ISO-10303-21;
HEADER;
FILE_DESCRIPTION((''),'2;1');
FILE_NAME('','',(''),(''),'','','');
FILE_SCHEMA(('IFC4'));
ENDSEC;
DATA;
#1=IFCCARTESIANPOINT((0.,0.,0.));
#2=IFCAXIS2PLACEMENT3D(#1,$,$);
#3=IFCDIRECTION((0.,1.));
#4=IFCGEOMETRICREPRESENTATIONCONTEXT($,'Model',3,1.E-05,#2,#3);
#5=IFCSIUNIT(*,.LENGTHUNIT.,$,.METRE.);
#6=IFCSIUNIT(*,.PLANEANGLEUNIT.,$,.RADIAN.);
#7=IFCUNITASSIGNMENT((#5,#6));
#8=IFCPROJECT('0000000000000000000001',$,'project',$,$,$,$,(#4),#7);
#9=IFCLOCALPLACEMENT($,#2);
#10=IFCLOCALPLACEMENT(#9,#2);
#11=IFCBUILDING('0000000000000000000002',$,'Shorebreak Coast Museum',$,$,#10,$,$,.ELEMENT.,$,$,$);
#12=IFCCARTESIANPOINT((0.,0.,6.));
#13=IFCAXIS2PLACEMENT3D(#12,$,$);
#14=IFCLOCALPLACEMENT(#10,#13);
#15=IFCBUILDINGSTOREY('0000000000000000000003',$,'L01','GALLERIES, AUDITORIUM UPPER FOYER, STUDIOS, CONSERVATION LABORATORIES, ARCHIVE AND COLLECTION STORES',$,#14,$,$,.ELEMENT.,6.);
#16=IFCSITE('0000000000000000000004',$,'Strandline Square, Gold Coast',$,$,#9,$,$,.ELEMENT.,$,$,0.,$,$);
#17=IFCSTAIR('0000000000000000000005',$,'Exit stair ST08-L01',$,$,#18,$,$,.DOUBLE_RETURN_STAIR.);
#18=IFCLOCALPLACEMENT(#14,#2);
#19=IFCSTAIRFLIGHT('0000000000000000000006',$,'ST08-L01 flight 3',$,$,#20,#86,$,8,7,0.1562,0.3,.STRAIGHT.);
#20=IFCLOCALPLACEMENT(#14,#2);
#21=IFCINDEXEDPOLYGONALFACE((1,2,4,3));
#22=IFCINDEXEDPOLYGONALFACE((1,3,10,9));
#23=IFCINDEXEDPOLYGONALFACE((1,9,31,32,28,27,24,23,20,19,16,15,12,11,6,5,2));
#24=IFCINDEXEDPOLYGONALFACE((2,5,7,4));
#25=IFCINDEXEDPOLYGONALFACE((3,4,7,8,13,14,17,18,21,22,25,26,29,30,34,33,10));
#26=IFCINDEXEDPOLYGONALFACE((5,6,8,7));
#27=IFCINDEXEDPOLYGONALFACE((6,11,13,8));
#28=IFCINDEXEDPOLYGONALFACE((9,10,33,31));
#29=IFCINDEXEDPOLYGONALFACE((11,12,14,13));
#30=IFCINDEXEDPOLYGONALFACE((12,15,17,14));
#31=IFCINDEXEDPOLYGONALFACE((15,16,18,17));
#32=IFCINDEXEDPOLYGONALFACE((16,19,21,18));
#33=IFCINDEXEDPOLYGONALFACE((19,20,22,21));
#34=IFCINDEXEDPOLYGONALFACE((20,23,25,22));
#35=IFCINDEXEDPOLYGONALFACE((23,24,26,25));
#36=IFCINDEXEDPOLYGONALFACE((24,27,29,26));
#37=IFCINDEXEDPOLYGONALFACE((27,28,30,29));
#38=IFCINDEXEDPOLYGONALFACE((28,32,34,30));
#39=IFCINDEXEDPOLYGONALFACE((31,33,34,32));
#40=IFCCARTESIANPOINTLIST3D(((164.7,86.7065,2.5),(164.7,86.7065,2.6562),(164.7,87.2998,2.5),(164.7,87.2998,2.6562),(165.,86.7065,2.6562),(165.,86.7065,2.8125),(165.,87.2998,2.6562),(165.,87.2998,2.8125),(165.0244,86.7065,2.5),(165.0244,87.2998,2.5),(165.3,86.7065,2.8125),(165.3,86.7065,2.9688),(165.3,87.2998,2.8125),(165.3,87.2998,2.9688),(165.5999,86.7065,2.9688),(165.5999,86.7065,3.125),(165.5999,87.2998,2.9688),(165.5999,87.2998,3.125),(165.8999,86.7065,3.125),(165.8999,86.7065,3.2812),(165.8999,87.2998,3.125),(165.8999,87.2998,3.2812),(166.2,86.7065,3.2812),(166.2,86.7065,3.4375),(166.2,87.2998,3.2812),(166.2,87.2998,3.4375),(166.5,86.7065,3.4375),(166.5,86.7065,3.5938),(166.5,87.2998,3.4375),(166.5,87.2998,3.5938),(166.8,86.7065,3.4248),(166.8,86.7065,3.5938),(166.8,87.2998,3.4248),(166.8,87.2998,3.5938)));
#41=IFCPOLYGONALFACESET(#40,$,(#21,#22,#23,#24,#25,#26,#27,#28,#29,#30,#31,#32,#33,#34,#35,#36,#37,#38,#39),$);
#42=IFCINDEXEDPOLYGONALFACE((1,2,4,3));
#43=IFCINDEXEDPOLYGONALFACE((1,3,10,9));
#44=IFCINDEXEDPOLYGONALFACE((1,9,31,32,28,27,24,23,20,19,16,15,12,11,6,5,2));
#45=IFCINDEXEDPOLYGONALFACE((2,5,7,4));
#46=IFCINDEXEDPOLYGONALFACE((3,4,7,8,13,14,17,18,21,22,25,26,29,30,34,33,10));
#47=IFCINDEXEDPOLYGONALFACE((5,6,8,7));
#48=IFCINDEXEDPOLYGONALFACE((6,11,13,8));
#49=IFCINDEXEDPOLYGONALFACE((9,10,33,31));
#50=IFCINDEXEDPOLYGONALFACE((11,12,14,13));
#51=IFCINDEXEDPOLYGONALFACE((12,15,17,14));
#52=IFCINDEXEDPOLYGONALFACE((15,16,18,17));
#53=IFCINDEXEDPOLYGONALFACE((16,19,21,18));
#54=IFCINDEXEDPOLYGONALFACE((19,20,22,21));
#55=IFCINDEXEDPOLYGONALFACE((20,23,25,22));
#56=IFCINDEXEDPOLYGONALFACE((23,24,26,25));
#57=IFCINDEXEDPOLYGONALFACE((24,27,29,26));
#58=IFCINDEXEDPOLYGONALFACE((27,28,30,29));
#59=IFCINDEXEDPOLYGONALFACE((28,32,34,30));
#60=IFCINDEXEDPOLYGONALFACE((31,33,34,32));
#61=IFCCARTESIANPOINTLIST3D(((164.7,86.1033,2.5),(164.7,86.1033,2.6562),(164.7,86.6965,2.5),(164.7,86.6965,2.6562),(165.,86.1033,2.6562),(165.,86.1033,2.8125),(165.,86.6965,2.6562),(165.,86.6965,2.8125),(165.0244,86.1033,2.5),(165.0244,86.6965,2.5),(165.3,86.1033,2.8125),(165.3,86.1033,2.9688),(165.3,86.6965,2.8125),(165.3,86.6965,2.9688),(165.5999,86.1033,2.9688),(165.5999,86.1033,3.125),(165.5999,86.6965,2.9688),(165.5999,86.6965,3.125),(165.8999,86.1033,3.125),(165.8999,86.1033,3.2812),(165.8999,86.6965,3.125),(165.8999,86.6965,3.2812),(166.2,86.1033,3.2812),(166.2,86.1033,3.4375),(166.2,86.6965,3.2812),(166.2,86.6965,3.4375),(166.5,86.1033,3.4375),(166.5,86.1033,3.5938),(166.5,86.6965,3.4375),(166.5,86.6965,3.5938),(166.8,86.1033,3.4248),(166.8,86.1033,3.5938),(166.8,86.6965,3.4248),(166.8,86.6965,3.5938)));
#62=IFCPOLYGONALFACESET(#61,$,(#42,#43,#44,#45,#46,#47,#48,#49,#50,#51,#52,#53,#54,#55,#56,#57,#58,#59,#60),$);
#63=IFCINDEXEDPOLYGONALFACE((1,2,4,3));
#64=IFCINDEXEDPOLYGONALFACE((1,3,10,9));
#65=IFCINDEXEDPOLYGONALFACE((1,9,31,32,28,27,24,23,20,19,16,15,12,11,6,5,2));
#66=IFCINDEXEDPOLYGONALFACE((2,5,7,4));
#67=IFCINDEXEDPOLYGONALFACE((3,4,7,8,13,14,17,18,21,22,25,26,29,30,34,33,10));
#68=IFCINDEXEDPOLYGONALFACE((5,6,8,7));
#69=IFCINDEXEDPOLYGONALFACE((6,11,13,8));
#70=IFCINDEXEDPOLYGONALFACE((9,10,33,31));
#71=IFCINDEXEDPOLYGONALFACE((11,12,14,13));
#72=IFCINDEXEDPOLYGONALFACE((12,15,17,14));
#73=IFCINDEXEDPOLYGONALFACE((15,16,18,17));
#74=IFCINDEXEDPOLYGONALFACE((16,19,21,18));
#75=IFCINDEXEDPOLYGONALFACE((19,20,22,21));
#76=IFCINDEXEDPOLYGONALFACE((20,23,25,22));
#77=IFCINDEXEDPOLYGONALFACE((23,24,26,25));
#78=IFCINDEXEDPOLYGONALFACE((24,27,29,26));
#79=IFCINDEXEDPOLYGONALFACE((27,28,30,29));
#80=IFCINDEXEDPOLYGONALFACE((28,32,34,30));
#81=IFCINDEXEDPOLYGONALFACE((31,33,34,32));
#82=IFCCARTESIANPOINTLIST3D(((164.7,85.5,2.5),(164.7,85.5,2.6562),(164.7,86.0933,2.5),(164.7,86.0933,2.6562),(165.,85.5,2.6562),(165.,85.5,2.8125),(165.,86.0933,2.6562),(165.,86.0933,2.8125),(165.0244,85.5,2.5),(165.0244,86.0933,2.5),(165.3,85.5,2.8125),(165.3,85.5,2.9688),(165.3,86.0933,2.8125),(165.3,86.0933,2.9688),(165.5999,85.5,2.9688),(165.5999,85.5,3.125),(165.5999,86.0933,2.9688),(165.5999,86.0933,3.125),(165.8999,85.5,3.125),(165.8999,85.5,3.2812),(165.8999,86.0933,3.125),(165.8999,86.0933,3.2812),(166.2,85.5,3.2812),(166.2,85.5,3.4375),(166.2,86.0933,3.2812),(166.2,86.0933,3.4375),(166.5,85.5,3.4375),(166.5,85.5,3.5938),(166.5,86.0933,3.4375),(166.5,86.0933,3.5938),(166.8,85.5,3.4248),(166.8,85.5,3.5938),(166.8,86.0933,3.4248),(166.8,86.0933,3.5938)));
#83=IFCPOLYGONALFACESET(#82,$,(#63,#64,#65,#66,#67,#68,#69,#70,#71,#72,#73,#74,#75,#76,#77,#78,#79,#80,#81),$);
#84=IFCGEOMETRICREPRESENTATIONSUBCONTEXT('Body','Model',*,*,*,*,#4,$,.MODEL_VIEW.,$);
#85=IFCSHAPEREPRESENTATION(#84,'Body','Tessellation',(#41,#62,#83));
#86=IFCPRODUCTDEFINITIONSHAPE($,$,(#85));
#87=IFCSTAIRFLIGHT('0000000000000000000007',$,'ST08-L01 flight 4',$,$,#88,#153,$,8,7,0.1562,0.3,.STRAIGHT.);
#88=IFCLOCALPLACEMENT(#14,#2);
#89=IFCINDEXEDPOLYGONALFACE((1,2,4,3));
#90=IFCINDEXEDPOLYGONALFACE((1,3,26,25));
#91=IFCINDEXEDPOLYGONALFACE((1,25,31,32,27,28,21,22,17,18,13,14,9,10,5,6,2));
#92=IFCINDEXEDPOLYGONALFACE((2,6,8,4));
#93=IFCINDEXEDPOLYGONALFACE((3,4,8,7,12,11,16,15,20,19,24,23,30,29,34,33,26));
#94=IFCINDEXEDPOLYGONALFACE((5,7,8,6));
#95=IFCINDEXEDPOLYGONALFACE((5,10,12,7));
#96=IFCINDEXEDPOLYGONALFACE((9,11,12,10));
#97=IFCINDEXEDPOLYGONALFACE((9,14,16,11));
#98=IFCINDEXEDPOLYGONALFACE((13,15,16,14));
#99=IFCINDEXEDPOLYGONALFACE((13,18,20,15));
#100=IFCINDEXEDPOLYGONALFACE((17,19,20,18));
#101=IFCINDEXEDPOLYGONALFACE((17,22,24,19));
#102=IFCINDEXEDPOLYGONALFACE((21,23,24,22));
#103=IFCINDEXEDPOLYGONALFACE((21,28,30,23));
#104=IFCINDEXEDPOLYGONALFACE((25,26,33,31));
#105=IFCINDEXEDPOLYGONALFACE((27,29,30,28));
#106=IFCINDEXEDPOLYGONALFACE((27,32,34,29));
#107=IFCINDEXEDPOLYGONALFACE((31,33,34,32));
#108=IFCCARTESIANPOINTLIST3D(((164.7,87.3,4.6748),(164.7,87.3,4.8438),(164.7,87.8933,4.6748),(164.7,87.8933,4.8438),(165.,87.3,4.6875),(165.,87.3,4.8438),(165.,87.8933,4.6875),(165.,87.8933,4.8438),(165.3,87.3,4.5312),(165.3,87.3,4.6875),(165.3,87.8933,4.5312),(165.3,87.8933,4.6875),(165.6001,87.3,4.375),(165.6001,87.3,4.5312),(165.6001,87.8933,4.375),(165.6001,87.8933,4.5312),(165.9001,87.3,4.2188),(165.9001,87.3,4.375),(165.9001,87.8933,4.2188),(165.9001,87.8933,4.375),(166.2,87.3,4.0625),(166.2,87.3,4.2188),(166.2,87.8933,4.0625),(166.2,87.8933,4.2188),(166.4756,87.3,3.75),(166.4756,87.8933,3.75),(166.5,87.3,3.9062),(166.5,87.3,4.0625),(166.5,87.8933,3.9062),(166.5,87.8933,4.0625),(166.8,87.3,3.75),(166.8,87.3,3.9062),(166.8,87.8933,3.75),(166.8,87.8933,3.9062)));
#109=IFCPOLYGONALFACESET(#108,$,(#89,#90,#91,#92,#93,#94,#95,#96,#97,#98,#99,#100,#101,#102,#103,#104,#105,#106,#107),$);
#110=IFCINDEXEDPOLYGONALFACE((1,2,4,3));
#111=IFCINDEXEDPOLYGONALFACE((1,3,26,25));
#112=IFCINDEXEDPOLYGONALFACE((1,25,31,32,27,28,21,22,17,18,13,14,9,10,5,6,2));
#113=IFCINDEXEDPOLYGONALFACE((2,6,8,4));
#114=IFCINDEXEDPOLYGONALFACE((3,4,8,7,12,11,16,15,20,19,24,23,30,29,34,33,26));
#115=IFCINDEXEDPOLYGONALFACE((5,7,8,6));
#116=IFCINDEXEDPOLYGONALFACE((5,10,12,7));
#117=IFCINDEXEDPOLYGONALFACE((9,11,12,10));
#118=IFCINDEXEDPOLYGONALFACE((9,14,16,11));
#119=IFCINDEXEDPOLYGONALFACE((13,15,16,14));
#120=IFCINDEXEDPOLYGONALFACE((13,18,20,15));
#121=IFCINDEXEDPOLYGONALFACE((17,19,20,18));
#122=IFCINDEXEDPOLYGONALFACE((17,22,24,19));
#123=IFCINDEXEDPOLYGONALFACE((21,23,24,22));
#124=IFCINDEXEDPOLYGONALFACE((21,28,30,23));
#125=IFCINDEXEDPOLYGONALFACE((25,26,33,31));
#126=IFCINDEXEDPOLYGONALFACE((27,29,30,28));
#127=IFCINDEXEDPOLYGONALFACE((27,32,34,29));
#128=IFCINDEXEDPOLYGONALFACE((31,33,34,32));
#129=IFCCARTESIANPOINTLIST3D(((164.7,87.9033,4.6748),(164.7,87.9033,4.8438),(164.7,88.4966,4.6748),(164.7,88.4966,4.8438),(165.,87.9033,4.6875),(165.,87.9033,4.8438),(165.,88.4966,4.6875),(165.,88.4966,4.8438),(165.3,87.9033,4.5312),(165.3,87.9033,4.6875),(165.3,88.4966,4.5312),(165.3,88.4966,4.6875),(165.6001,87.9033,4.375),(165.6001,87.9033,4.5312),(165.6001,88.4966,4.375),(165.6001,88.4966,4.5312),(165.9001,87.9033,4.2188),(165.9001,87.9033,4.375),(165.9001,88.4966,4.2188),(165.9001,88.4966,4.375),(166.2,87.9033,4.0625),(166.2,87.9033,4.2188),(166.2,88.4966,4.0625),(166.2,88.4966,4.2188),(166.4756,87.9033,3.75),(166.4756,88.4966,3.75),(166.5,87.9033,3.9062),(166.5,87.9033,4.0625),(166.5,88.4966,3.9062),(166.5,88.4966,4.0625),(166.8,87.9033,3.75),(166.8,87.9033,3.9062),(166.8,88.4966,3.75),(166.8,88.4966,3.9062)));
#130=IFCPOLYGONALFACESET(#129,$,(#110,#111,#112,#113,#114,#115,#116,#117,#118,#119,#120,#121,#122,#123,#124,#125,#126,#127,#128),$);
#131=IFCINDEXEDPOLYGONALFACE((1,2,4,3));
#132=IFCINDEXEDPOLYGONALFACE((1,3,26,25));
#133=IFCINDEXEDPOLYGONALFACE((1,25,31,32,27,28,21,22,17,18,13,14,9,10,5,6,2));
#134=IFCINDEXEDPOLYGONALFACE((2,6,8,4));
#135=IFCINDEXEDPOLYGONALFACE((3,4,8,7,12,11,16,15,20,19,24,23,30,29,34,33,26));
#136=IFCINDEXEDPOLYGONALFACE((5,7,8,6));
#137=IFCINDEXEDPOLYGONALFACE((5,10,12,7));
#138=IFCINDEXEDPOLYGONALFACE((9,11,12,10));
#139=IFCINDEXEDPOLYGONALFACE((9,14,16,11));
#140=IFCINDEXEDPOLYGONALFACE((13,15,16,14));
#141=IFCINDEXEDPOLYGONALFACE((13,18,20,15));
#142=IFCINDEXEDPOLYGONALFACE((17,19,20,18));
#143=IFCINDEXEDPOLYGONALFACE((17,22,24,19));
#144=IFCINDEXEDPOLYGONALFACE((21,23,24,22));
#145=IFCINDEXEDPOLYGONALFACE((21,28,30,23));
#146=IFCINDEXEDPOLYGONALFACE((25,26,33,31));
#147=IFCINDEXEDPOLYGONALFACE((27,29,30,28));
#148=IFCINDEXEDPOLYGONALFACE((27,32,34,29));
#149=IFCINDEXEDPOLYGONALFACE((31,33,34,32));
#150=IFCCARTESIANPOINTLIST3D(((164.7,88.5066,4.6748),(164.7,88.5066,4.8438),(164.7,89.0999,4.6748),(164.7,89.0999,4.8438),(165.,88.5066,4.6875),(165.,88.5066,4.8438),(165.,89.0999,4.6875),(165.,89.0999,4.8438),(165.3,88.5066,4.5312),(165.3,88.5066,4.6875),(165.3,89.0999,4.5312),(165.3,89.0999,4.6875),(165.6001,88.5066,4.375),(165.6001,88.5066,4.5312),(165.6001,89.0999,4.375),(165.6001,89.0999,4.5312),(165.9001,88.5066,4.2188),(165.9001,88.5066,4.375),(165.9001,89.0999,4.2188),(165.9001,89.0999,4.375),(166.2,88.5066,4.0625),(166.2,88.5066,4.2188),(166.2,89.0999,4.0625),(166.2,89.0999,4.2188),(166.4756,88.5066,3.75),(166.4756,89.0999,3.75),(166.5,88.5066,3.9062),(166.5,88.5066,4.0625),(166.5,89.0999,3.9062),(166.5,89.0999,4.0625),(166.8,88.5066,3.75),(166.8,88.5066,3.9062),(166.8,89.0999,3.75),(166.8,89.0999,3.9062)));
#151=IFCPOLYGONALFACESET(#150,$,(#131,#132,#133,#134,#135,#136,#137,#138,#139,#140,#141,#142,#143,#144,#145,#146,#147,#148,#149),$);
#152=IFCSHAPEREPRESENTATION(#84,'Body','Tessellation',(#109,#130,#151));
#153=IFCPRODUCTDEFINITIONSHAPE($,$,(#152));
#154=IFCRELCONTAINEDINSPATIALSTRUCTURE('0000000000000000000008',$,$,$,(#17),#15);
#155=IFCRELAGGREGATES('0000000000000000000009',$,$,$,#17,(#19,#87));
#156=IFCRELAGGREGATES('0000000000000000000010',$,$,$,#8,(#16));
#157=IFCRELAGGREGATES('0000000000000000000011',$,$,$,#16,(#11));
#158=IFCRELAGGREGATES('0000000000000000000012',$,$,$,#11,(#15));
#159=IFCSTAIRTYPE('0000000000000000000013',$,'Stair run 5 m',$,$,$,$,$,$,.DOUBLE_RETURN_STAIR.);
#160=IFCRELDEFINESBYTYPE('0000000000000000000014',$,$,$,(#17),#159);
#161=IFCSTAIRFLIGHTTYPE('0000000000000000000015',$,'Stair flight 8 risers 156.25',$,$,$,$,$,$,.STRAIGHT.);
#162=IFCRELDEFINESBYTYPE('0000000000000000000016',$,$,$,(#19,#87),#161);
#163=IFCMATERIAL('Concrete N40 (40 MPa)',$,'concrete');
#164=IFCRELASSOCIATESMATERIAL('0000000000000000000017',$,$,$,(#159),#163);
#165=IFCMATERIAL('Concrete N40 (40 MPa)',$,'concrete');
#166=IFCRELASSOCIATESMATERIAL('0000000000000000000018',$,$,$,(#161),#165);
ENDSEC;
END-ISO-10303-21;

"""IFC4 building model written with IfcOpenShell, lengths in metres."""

from ifc_helpers import new_model, si_unit, direction, frame, origin, place, context, subcontext, project, spatial, polyline, outline, extrude, material, type_object, element, aggregate, save


model = new_model("IFC4")

# Units and contexts
model_context = context("Model", 3, precision=1e-05, world=origin(), true_north=direction((0.0, 1.0)))
body_context = subcontext(model_context, "Body", "Model", "MODEL_VIEW")
ifc_project = project(units=[si_unit("LENGTHUNIT", "METRE"), si_unit("PLANEANGLEUNIT", "RADIAN")], contexts=[model_context])

# Site, building, storey
site_placement = place(None, origin())
site = spatial("IfcSite", under=ifc_project, at=site_placement, Name="Strandline Square, Gold Coast", CompositionType="ELEMENT", RefElevation=0.0)
building_placement = place(site_placement, origin())
building = spatial("IfcBuilding", under=site, at=building_placement, Name="Shorebreak Coast Museum", CompositionType="ELEMENT")
storey_placement = place(building_placement, frame((0.0, 0.0, 6.0)))
storey = spatial("IfcBuildingStorey", under=building, at=storey_placement, Name="L01", Description="GALLERIES, AUDITORIUM UPPER FOYER, STUDIOS, CONSERVATION LABORATORIES, ARCHIVE AND COLLECTION STORES", CompositionType="ELEMENT", Elevation=6.0)

# Stair, stair flights
ifc_material_1 = material(Name="Concrete N40 (40 MPa)", Category="concrete")
stair_type = type_object("IfcStairType", Name="Stair run 5 m", PredefinedType="DOUBLE_RETURN_STAIR", material=ifc_material_1)
stair_placement = place(storey_placement, origin())
stair = element("IfcStair", 1, at=stair_placement, inside=storey, type_object=stair_type, Name="Exit stair ST08-L01", PredefinedType="DOUBLE_RETURN_STAIR")
ifc_material_2 = material(Name="Concrete N40 (40 MPa)", Category="concrete")
stair_flight_type = type_object("IfcStairFlightType", Name="Stair flight 8 risers 156.25", PredefinedType="STRAIGHT", material=ifc_material_2)
stair_flight_1_placement = place(storey_placement, frame((164.7, 86.3999, 2.5), z_axis=(0.0, 0.0, 1.0), x_axis=(1.0, 0.0, 0.0)))
stair_flight_1 = element("IfcStairFlight", 2, at=stair_flight_1_placement, type_object=stair_flight_type, Name="ST08-L01 flight 3", NumberOfRisers=8, NumberOfTreads=7, PredefinedType="STRAIGHT", RiserHeight=0.1562, TreadLength=0.3, context=body_context, shape_type="SweptSolid", body=[
    extrude(outline(polyline([(0.0, 0.0), (0.0, 0.1562), (0.3, 0.1562), (0.3, 0.3125), (0.6001, 0.3125), (0.6001, 0.4688), (0.8999, 0.4688), (0.8999, 0.625), (1.2, 0.625), (1.2, 0.7812), (1.5, 0.7812), (1.5, 0.9375), (1.8, 0.9375), (1.8, 1.0938), (2.1001, 1.0938), (2.1001, 1.25), (2.1001, 0.9248), (0.3245, 0.0), (0.0, 0.0)])), frame((0.0, 0.8999, 0.0), z_axis=(0.0, -1.0, 0.0), x_axis=(1.0, 0.0, 0.0)), (0.0, 0.0, 1.0), 0.5933),
    extrude(outline(polyline([(0.0, 0.0), (0.0, 0.1562), (0.3, 0.1562), (0.3, 0.3125), (0.6001, 0.3125), (0.6001, 0.4688), (0.8999, 0.4688), (0.8999, 0.625), (1.2, 0.625), (1.2, 0.7812), (1.5, 0.7812), (1.5, 0.9375), (1.8, 0.9375), (1.8, 1.0938), (2.1001, 1.0938), (2.1001, 1.25), (2.1001, 0.9248), (0.3245, 0.0), (0.0, 0.0)])), frame((0.0, 0.2966, 0.0), z_axis=(0.0, -1.0, 0.0), x_axis=(1.0, 0.0, 0.0)), (0.0, 0.0, 1.0), 0.5933),
    extrude(outline(polyline([(0.0, 0.0), (0.0, 0.1562), (0.3, 0.1562), (0.3, 0.3125), (0.6001, 0.3125), (0.6001, 0.4688), (0.8999, 0.4688), (0.8999, 0.625), (1.2, 0.625), (1.2, 0.7812), (1.5, 0.7812), (1.5, 0.9375), (1.8, 0.9375), (1.8, 1.0938), (2.1001, 1.0938), (2.1001, 1.25), (2.1001, 0.9248), (0.3245, 0.0), (0.0, 0.0)])), frame((0.0, -0.3066, 0.0), z_axis=(0.0, -1.0, 0.0), x_axis=(1.0, 0.0, 0.0)), (0.0, 0.0, 1.0), 0.5933),
])
stair_flight_2_placement = place(storey_placement, frame((166.8, 88.2, 3.75), z_axis=(0.0, 0.0, 1.0), x_axis=(-1.0, 0.0, 0.0)))
stair_flight_2 = element("IfcStairFlight", 3, at=stair_flight_2_placement, type_object=stair_flight_type, Name="ST08-L01 flight 4", NumberOfRisers=8, NumberOfTreads=7, PredefinedType="STRAIGHT", RiserHeight=0.1562, TreadLength=0.3, context=body_context, shape_type="SweptSolid", body=[
    extrude(outline(polyline([(0.0, 0.0), (0.0, 0.1562), (0.3, 0.1562), (0.3, 0.3125), (0.6001, 0.3125), (0.6001, 0.4688), (0.8999, 0.4688), (0.8999, 0.625), (1.2, 0.625), (1.2, 0.7812), (1.5, 0.7812), (1.5, 0.9375), (1.8, 0.9375), (1.8, 1.0938), (2.1001, 1.0938), (2.1001, 1.25), (2.1001, 0.9248), (0.3245, 0.0), (0.0, 0.0)])), frame((0.0, 0.8999, 0.0), z_axis=(0.0, -1.0, 0.0), x_axis=(1.0, 0.0, 0.0)), (0.0, 0.0, 1.0), 0.5933),
    extrude(outline(polyline([(0.0, 0.0), (0.0, 0.1562), (0.3, 0.1562), (0.3, 0.3125), (0.6001, 0.3125), (0.6001, 0.4688), (0.8999, 0.4688), (0.8999, 0.625), (1.2, 0.625), (1.2, 0.7812), (1.5, 0.7812), (1.5, 0.9375), (1.8, 0.9375), (1.8, 1.0938), (2.1001, 1.0938), (2.1001, 1.25), (2.1001, 0.9248), (0.3245, 0.0), (0.0, 0.0)])), frame((0.0, 0.2966, 0.0), z_axis=(0.0, -1.0, 0.0), x_axis=(1.0, 0.0, 0.0)), (0.0, 0.0, 1.0), 0.5933),
    extrude(outline(polyline([(0.0, 0.0), (0.0, 0.1562), (0.3, 0.1562), (0.3, 0.3125), (0.6001, 0.3125), (0.6001, 0.4688), (0.8999, 0.4688), (0.8999, 0.625), (1.2, 0.625), (1.2, 0.7812), (1.5, 0.7812), (1.5, 0.9375), (1.8, 0.9375), (1.8, 1.0938), (2.1001, 1.0938), (2.1001, 1.25), (2.1001, 0.9248), (0.3245, 0.0), (0.0, 0.0)])), frame((0.0, -0.3066, 0.0), z_axis=(0.0, -1.0, 0.0), x_axis=(1.0, 0.0, 0.0)), (0.0, 0.0, 1.0), 0.5933),
])
aggregate(stair, [stair_flight_1, stair_flight_2])

save(model, "model.ifc")
